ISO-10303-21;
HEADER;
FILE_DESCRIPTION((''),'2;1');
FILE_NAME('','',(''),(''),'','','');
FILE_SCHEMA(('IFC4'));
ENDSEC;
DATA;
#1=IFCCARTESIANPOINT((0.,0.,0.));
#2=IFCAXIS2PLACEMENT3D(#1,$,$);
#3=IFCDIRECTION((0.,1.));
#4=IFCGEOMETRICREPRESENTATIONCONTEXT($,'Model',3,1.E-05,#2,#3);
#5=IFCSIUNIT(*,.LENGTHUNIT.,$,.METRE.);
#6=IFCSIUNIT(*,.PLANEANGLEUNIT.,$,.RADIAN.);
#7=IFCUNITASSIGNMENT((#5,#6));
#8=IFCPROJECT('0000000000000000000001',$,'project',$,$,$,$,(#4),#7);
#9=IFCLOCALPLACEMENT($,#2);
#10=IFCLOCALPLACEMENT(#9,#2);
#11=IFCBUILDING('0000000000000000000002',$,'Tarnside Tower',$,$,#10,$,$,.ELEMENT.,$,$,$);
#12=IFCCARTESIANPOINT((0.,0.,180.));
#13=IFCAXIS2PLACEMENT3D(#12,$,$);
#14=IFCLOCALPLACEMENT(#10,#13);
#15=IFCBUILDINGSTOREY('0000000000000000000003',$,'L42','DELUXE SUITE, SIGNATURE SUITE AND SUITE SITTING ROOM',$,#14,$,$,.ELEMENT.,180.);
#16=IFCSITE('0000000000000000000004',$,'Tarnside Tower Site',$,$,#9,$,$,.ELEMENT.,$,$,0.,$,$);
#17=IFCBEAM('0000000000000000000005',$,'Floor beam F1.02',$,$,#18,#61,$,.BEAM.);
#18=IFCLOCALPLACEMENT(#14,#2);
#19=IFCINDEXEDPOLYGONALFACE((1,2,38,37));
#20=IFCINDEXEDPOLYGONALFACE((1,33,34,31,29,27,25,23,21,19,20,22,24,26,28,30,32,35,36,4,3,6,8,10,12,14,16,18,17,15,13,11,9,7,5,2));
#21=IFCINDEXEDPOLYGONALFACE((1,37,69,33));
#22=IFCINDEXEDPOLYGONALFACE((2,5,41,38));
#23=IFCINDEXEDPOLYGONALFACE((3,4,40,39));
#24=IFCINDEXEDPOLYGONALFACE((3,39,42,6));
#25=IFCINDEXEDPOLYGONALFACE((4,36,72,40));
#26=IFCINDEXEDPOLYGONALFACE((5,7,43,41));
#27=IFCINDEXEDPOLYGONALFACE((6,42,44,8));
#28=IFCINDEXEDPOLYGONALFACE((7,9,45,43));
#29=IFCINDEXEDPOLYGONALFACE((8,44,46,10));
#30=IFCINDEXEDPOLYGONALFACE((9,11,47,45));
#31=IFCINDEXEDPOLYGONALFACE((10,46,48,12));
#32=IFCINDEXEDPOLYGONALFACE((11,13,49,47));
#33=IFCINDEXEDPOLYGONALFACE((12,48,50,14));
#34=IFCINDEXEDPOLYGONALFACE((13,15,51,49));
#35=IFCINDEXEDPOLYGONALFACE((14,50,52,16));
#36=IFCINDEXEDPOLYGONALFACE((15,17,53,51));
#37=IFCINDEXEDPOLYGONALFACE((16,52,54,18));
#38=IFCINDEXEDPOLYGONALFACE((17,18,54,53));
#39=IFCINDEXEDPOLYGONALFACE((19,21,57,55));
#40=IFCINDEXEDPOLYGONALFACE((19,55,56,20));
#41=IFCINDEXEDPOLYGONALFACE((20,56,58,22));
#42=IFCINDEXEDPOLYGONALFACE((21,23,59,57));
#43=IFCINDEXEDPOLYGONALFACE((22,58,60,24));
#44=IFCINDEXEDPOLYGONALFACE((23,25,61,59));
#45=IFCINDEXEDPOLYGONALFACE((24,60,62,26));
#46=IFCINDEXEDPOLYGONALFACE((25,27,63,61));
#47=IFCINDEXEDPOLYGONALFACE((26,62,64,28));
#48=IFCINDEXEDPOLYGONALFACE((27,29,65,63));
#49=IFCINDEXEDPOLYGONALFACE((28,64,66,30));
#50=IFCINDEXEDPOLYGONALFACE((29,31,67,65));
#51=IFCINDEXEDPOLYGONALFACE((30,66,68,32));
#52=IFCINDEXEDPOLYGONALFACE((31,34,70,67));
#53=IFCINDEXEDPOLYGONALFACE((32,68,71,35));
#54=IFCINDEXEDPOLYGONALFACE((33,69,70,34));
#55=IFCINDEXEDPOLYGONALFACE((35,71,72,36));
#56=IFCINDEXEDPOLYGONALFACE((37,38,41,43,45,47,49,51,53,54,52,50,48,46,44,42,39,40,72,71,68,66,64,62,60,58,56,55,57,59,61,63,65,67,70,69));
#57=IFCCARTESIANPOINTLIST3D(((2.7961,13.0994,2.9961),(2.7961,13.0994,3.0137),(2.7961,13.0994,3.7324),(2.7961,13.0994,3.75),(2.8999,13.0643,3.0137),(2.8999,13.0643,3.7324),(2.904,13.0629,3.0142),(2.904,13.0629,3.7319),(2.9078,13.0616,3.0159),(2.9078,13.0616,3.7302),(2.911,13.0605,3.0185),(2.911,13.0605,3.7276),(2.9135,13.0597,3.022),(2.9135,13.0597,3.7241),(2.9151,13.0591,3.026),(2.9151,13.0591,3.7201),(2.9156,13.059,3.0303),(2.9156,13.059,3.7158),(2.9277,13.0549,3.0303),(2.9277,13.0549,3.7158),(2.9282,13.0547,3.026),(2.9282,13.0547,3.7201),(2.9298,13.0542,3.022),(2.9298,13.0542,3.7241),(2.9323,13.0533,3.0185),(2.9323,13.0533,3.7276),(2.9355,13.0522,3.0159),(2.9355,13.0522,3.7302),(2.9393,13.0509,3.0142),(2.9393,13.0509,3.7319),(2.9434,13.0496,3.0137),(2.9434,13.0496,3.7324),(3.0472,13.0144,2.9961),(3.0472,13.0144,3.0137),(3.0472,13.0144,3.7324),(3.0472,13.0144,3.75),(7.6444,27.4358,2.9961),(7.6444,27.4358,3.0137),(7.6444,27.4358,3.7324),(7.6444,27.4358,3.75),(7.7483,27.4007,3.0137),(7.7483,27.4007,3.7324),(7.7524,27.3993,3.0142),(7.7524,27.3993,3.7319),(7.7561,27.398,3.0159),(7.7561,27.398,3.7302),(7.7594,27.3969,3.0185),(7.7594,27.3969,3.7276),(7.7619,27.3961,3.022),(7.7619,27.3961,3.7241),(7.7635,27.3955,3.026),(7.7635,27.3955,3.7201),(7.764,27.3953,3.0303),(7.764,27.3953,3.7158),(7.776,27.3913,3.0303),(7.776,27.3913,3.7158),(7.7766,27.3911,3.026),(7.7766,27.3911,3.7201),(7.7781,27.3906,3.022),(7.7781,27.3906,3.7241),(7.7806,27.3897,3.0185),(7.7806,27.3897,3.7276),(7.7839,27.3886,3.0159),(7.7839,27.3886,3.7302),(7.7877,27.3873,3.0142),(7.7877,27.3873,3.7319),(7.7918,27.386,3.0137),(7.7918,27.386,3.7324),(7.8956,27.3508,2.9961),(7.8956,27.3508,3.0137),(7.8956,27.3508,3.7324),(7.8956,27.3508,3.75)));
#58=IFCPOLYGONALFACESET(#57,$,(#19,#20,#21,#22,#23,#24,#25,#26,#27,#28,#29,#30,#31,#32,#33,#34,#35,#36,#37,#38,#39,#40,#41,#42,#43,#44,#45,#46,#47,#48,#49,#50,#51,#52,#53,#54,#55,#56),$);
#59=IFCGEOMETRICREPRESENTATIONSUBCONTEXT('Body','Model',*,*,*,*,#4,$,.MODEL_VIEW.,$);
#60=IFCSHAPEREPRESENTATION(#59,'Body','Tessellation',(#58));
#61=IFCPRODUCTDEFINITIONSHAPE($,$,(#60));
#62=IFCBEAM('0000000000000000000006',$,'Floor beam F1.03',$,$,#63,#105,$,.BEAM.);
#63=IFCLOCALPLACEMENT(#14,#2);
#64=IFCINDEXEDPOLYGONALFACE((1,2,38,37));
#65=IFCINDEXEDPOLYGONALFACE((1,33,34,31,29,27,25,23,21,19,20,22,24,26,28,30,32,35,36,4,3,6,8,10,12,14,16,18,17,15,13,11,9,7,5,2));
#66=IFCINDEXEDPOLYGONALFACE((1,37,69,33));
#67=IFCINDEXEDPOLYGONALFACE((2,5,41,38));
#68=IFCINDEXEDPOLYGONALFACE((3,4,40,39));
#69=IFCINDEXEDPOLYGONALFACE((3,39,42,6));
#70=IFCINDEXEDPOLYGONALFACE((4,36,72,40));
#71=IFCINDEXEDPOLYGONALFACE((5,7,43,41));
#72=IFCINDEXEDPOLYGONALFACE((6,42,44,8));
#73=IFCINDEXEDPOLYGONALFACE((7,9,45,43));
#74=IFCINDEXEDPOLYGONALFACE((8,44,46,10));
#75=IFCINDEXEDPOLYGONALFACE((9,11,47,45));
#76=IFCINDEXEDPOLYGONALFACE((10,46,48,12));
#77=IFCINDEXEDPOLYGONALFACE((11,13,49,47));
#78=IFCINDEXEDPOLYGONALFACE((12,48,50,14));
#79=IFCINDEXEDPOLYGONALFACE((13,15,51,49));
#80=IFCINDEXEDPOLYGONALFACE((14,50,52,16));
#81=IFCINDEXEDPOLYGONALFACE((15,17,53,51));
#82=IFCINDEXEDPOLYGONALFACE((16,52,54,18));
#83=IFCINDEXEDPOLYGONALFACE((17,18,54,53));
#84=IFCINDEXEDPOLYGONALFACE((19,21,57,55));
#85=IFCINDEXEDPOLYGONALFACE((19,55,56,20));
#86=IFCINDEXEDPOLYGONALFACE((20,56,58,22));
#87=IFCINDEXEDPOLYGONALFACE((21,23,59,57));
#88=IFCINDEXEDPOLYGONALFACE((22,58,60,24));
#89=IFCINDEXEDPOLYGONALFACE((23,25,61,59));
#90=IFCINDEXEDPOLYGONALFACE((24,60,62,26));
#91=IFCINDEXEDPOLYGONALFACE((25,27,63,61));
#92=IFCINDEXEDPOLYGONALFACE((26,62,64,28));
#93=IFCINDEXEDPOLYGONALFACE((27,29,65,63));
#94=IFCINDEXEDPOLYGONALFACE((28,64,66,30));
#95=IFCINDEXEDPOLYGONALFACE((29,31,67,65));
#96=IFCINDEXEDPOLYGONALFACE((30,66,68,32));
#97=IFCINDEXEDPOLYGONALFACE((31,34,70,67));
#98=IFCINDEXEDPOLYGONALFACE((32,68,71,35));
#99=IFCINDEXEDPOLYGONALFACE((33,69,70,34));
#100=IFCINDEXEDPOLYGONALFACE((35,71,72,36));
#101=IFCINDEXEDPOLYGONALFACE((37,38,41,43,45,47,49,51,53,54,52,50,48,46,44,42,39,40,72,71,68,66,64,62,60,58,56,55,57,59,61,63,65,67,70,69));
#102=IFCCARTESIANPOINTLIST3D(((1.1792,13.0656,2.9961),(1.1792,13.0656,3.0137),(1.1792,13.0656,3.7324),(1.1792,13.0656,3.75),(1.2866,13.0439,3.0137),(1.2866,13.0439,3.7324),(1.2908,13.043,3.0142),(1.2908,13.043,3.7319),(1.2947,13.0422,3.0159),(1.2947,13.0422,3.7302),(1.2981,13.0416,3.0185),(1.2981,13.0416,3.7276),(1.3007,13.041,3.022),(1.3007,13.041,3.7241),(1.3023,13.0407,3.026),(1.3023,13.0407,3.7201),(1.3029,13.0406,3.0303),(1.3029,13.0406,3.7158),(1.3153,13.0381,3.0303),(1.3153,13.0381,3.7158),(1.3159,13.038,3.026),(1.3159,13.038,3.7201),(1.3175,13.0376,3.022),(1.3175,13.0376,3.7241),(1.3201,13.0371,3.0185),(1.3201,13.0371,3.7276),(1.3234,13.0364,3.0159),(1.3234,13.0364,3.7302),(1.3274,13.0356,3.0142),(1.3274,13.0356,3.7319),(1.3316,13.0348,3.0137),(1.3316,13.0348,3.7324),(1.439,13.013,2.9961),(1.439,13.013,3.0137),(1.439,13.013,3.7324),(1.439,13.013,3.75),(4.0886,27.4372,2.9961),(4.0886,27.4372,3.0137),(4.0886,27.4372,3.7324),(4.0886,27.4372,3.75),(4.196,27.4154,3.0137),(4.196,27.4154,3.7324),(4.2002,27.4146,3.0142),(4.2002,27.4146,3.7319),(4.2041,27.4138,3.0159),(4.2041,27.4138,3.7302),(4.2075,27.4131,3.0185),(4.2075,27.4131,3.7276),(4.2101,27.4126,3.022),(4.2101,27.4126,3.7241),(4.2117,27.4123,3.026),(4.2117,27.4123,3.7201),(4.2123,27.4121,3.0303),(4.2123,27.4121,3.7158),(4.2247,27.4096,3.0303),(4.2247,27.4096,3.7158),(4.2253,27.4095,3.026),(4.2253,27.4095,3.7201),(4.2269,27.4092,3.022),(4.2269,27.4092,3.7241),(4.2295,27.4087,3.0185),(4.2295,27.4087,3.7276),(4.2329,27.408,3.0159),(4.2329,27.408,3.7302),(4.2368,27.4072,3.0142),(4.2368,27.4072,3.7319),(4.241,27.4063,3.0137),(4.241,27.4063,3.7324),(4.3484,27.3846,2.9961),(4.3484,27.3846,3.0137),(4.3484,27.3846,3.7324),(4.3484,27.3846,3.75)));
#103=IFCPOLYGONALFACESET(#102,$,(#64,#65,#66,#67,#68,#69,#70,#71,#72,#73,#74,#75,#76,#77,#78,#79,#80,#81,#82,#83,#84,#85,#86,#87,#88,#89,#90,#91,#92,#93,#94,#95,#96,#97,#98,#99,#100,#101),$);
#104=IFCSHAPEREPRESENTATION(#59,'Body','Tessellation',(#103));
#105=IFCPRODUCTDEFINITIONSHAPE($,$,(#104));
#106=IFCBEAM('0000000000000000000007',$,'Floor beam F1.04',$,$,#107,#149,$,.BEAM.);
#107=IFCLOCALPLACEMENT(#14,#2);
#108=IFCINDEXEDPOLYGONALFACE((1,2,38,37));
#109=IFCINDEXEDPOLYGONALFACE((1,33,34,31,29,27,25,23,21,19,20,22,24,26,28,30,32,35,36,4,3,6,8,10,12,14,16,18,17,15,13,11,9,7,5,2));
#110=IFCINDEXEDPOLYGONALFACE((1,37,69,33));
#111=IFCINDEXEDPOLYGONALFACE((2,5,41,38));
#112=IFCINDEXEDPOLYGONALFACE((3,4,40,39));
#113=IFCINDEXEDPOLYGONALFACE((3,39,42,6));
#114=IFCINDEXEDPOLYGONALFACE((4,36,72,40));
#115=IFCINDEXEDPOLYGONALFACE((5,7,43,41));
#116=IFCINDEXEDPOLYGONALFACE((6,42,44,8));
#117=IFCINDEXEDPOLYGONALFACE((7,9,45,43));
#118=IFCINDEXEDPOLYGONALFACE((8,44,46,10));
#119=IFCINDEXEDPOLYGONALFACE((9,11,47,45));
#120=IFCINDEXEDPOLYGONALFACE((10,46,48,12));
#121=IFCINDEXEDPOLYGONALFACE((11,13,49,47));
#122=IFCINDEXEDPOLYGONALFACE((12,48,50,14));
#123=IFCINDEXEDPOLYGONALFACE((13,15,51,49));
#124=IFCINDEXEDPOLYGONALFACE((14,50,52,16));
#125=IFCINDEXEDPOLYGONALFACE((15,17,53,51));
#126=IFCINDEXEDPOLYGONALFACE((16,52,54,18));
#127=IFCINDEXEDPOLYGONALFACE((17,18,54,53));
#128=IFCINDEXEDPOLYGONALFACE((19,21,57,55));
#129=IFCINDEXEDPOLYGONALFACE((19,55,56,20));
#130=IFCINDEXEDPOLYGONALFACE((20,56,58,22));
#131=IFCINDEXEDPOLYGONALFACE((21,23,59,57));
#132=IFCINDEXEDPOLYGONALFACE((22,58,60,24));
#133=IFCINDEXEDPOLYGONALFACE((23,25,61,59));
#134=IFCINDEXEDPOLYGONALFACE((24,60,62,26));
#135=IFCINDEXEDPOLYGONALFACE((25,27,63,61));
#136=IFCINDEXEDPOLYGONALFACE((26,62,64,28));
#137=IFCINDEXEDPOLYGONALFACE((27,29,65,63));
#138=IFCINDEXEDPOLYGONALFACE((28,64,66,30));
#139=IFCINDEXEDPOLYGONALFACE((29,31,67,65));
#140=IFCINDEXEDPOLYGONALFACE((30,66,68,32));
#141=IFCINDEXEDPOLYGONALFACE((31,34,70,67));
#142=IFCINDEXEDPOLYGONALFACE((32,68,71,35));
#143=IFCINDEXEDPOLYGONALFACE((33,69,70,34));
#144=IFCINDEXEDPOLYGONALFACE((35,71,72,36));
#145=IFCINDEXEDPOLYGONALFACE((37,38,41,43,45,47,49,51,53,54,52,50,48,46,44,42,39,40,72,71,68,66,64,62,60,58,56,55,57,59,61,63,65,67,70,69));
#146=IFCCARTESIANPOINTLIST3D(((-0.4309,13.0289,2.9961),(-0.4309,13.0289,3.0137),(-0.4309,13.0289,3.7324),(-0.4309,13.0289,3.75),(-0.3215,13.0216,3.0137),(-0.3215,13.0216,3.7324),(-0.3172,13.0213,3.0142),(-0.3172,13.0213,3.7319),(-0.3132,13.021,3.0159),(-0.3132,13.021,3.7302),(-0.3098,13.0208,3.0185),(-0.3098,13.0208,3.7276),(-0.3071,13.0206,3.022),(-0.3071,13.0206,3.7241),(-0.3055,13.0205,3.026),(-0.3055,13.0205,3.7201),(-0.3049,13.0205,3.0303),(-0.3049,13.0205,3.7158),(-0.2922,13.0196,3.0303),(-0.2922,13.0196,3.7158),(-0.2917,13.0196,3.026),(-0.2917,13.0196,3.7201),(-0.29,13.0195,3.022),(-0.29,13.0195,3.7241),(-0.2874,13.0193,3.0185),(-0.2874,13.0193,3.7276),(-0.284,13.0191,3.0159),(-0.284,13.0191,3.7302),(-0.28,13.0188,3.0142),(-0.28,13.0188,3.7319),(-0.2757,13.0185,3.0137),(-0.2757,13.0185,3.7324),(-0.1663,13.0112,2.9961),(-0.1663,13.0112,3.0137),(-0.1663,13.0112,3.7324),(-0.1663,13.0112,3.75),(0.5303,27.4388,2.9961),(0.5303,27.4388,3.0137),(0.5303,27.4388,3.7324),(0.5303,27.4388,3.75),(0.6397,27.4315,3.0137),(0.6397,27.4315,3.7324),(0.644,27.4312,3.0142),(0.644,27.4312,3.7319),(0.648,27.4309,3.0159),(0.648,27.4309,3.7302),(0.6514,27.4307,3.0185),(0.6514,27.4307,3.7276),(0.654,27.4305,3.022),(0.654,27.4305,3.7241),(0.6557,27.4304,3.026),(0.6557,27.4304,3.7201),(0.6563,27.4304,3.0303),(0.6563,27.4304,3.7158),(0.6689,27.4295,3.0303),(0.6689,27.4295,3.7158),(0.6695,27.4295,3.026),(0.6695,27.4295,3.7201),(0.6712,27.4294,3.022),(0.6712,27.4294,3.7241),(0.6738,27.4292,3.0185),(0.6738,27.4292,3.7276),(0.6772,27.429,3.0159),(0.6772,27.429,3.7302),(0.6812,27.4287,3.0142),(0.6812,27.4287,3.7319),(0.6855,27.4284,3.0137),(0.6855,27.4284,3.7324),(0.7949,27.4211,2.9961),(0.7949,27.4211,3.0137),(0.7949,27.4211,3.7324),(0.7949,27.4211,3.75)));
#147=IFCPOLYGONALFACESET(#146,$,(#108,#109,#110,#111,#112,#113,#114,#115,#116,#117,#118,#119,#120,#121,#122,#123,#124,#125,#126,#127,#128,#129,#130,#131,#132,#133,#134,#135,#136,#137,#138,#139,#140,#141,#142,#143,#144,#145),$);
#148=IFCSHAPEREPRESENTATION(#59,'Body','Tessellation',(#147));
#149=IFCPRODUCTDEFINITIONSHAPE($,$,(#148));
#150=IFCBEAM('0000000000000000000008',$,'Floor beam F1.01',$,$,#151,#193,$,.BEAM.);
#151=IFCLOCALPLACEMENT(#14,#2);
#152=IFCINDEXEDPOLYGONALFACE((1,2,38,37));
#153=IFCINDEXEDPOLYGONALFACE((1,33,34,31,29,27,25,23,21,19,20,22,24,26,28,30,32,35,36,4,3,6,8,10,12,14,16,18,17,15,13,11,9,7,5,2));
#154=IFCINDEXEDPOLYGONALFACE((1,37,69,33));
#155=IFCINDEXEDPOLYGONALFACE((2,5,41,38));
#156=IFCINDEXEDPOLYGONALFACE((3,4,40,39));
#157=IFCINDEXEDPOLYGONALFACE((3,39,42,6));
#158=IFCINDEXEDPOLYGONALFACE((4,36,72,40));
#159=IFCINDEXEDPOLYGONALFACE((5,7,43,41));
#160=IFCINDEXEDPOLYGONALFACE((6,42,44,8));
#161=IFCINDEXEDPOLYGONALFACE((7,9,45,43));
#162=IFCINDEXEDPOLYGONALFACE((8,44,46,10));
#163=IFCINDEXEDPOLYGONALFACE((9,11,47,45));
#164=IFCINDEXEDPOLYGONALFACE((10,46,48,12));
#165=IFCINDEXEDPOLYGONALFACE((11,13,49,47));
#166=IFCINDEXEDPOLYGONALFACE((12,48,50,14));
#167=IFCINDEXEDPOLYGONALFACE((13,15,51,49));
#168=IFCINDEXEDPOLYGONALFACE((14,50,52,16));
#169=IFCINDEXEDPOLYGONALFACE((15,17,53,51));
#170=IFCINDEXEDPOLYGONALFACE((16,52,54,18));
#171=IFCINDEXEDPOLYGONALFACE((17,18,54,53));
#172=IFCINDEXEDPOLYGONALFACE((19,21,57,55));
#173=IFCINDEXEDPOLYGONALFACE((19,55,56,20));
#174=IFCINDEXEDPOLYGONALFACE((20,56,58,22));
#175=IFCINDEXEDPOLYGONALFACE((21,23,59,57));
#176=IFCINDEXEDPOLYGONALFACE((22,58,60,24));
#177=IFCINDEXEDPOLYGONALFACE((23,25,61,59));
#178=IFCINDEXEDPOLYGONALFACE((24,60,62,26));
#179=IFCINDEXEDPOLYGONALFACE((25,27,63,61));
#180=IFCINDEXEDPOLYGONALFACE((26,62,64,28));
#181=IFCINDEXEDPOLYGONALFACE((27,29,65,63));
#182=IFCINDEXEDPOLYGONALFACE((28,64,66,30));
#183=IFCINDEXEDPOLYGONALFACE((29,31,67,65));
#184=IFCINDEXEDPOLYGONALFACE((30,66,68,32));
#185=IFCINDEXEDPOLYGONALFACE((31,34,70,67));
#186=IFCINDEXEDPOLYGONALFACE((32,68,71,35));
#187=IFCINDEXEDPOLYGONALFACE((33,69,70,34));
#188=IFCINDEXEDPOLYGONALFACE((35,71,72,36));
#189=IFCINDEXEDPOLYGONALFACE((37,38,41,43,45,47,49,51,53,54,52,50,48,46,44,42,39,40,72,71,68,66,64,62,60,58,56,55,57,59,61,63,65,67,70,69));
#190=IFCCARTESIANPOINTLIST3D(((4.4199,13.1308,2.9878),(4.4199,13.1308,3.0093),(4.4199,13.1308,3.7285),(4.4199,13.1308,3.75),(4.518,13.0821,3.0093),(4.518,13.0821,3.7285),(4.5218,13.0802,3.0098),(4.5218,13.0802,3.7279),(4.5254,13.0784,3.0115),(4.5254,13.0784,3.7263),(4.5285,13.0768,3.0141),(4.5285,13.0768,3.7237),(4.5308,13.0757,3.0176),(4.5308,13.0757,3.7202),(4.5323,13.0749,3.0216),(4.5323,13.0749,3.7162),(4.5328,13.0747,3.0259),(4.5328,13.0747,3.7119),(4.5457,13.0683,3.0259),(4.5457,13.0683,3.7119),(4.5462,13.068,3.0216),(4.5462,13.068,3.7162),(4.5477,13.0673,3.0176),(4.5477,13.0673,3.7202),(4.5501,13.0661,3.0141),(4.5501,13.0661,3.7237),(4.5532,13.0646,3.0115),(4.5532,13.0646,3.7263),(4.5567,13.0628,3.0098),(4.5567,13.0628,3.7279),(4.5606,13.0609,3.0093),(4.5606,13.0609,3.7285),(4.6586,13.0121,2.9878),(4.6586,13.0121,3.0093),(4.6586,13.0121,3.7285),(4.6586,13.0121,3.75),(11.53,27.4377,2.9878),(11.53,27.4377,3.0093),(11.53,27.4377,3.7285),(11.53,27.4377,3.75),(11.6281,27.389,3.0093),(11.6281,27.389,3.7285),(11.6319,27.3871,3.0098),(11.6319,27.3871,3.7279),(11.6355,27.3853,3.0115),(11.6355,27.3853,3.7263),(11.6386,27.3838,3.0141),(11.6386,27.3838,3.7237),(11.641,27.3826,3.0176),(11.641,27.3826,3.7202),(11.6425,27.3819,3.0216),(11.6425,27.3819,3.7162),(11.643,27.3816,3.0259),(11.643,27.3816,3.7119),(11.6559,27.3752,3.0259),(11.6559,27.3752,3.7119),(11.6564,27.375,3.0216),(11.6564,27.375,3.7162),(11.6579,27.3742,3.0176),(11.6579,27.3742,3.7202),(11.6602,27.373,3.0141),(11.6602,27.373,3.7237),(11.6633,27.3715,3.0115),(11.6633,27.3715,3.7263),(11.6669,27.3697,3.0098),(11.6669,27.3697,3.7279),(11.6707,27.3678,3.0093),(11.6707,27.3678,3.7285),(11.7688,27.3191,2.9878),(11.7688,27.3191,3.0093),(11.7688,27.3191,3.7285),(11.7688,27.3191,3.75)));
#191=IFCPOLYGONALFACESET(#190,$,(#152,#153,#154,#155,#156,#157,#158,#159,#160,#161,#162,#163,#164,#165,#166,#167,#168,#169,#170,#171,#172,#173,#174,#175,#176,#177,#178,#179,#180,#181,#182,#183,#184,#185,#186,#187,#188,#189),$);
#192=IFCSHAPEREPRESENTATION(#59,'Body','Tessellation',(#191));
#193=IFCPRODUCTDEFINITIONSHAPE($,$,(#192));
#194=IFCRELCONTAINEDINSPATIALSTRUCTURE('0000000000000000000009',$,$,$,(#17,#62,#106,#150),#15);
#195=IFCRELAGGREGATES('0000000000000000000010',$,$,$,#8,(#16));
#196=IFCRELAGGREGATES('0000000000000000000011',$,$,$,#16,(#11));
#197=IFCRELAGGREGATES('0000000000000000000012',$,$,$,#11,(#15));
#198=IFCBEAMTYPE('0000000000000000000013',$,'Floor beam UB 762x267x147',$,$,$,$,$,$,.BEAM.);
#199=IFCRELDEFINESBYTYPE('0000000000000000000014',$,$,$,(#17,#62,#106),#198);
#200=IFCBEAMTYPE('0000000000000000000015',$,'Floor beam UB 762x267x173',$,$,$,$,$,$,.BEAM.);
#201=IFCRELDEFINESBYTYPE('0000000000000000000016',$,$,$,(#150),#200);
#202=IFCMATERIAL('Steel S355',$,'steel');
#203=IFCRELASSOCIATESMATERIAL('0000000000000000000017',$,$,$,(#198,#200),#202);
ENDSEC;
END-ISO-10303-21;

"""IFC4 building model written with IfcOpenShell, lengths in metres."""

from ifc_helpers import new_model, si_unit, direction, frame, origin, origin_2d, place, context, subcontext, project, spatial, i_section, extrude, material, material_profile, profile_set, type_object, element, save


model = new_model("IFC4")

# Units and contexts
model_context = context("Model", 3, precision=1e-05, world=origin(), true_north=direction((0.0, 1.0)))
body_context = subcontext(model_context, "Body", "Model", "MODEL_VIEW")
ifc_project = project(units=[si_unit("LENGTHUNIT", "METRE"), si_unit("PLANEANGLEUNIT", "RADIAN")], contexts=[model_context])

# Site, building, storey
site_placement = place(None, origin())
site = spatial("IfcSite", under=ifc_project, at=site_placement, Name="Tarnside Tower Site", CompositionType="ELEMENT", RefElevation=0.0)
building_placement = place(site_placement, origin())
building = spatial("IfcBuilding", under=site, at=building_placement, Name="Tarnside Tower", CompositionType="ELEMENT")
storey_placement = place(building_placement, frame((0.0, 0.0, 180.0)))
storey = spatial("IfcBuildingStorey", under=building, at=storey_placement, Name="L42", Description="DELUXE SUITE, SIGNATURE SUITE AND SUITE SITTING ROOM", CompositionType="ELEMENT", Elevation=180.0)

# Beams
ifc_material_1 = material(Name="Steel S355", Category="steel")
ifc_material_profile_1 = material_profile(ifc_material_1, i_section(OverallWidth=0.2651, OverallDepth=0.7539, WebThickness=0.0127, FlangeThickness=0.0176, FilletRadius=0.0166, at=origin_2d()), Name="UB 762x267x147")
ifc_profile_set_1 = profile_set([ifc_material_profile_1], Name="Steel S355")
beam_type_1 = type_object("IfcBeamType", Name="Floor beam UB 762x267x147", PredefinedType="BEAM", material=ifc_profile_set_1)
beam_1_placement = place(storey_placement, frame((7.77, 27.3933, 3.373), z_axis=(-0.320363, -0.947295, 0.0), x_axis=(0.947295, -0.320363, 0.0)))
element("IfcBeam", 1, at=beam_1_placement, inside=storey, type_object=beam_type_1, Name="Floor beam F1.02", PredefinedType="BEAM", context=body_context, shape_type="SweptSolid", body=[
    extrude(i_section(OverallWidth=0.2651, OverallDepth=0.7539, WebThickness=0.0127, FlangeThickness=0.0176, FilletRadius=0.0166, at=origin_2d()), origin(), (0.0, 0.0, 1.0), 15.134),
])
beam_2_placement = place(storey_placement, frame((4.2185, 27.4109, 3.373), z_axis=(-0.198418, -0.980118, 0.0), x_axis=(0.980118, -0.198418, 0.0)))
element("IfcBeam", 2, at=beam_2_placement, inside=storey, type_object=beam_type_1, Name="Floor beam F1.03", PredefinedType="BEAM", context=body_context, shape_type="SweptSolid", body=[
    extrude(i_section(OverallWidth=0.2651, OverallDepth=0.7539, WebThickness=0.0127, FlangeThickness=0.0176, FilletRadius=0.0166, at=origin_2d()), origin(), (0.0, 0.0, 1.0), 14.6631),
])
beam_3_placement = place(storey_placement, frame((0.6626, 27.4299, 3.373), z_axis=(-0.066555, -0.997783, 0.0), x_axis=(0.997783, -0.066555, 0.0)))
element("IfcBeam", 3, at=beam_3_placement, inside=storey, type_object=beam_type_1, Name="Floor beam F1.04", PredefinedType="BEAM", context=body_context, shape_type="SweptSolid", body=[
    extrude(i_section(OverallWidth=0.2651, OverallDepth=0.7539, WebThickness=0.0127, FlangeThickness=0.0176, FilletRadius=0.0166, at=origin_2d()), origin(), (0.0, 0.0, 1.0), 14.4419),
])
ifc_material_profile_2 = material_profile(ifc_material_1, i_section(OverallWidth=0.2666, OverallDepth=0.7622, WebThickness=0.0144, FlangeThickness=0.0215, FilletRadius=0.0166, at=origin_2d()), Name="UB 762x267x173")
ifc_profile_set_2 = profile_set([ifc_material_profile_2], Name="Steel S355")
beam_type_2 = type_object("IfcBeamType", Name="Floor beam UB 762x267x173", PredefinedType="BEAM", material=ifc_profile_set_2)
beam_4_placement = place(storey_placement, frame((11.6494, 27.3784, 3.3689), z_axis=(-0.445042, -0.89551, 0.0), x_axis=(0.89551, -0.445042, 0.0)))
element("IfcBeam", 4, at=beam_4_placement, inside=storey, type_object=beam_type_2, Name="Floor beam F1.01", PredefinedType="BEAM", context=body_context, shape_type="SweptSolid", body=[
    extrude(i_section(OverallWidth=0.2666, OverallDepth=0.7622, WebThickness=0.0144, FlangeThickness=0.0215, FilletRadius=0.0166, at=origin_2d()), origin(), (0.0, 0.0, 1.0), 15.9763),
])

save(model, "model.ifc")
